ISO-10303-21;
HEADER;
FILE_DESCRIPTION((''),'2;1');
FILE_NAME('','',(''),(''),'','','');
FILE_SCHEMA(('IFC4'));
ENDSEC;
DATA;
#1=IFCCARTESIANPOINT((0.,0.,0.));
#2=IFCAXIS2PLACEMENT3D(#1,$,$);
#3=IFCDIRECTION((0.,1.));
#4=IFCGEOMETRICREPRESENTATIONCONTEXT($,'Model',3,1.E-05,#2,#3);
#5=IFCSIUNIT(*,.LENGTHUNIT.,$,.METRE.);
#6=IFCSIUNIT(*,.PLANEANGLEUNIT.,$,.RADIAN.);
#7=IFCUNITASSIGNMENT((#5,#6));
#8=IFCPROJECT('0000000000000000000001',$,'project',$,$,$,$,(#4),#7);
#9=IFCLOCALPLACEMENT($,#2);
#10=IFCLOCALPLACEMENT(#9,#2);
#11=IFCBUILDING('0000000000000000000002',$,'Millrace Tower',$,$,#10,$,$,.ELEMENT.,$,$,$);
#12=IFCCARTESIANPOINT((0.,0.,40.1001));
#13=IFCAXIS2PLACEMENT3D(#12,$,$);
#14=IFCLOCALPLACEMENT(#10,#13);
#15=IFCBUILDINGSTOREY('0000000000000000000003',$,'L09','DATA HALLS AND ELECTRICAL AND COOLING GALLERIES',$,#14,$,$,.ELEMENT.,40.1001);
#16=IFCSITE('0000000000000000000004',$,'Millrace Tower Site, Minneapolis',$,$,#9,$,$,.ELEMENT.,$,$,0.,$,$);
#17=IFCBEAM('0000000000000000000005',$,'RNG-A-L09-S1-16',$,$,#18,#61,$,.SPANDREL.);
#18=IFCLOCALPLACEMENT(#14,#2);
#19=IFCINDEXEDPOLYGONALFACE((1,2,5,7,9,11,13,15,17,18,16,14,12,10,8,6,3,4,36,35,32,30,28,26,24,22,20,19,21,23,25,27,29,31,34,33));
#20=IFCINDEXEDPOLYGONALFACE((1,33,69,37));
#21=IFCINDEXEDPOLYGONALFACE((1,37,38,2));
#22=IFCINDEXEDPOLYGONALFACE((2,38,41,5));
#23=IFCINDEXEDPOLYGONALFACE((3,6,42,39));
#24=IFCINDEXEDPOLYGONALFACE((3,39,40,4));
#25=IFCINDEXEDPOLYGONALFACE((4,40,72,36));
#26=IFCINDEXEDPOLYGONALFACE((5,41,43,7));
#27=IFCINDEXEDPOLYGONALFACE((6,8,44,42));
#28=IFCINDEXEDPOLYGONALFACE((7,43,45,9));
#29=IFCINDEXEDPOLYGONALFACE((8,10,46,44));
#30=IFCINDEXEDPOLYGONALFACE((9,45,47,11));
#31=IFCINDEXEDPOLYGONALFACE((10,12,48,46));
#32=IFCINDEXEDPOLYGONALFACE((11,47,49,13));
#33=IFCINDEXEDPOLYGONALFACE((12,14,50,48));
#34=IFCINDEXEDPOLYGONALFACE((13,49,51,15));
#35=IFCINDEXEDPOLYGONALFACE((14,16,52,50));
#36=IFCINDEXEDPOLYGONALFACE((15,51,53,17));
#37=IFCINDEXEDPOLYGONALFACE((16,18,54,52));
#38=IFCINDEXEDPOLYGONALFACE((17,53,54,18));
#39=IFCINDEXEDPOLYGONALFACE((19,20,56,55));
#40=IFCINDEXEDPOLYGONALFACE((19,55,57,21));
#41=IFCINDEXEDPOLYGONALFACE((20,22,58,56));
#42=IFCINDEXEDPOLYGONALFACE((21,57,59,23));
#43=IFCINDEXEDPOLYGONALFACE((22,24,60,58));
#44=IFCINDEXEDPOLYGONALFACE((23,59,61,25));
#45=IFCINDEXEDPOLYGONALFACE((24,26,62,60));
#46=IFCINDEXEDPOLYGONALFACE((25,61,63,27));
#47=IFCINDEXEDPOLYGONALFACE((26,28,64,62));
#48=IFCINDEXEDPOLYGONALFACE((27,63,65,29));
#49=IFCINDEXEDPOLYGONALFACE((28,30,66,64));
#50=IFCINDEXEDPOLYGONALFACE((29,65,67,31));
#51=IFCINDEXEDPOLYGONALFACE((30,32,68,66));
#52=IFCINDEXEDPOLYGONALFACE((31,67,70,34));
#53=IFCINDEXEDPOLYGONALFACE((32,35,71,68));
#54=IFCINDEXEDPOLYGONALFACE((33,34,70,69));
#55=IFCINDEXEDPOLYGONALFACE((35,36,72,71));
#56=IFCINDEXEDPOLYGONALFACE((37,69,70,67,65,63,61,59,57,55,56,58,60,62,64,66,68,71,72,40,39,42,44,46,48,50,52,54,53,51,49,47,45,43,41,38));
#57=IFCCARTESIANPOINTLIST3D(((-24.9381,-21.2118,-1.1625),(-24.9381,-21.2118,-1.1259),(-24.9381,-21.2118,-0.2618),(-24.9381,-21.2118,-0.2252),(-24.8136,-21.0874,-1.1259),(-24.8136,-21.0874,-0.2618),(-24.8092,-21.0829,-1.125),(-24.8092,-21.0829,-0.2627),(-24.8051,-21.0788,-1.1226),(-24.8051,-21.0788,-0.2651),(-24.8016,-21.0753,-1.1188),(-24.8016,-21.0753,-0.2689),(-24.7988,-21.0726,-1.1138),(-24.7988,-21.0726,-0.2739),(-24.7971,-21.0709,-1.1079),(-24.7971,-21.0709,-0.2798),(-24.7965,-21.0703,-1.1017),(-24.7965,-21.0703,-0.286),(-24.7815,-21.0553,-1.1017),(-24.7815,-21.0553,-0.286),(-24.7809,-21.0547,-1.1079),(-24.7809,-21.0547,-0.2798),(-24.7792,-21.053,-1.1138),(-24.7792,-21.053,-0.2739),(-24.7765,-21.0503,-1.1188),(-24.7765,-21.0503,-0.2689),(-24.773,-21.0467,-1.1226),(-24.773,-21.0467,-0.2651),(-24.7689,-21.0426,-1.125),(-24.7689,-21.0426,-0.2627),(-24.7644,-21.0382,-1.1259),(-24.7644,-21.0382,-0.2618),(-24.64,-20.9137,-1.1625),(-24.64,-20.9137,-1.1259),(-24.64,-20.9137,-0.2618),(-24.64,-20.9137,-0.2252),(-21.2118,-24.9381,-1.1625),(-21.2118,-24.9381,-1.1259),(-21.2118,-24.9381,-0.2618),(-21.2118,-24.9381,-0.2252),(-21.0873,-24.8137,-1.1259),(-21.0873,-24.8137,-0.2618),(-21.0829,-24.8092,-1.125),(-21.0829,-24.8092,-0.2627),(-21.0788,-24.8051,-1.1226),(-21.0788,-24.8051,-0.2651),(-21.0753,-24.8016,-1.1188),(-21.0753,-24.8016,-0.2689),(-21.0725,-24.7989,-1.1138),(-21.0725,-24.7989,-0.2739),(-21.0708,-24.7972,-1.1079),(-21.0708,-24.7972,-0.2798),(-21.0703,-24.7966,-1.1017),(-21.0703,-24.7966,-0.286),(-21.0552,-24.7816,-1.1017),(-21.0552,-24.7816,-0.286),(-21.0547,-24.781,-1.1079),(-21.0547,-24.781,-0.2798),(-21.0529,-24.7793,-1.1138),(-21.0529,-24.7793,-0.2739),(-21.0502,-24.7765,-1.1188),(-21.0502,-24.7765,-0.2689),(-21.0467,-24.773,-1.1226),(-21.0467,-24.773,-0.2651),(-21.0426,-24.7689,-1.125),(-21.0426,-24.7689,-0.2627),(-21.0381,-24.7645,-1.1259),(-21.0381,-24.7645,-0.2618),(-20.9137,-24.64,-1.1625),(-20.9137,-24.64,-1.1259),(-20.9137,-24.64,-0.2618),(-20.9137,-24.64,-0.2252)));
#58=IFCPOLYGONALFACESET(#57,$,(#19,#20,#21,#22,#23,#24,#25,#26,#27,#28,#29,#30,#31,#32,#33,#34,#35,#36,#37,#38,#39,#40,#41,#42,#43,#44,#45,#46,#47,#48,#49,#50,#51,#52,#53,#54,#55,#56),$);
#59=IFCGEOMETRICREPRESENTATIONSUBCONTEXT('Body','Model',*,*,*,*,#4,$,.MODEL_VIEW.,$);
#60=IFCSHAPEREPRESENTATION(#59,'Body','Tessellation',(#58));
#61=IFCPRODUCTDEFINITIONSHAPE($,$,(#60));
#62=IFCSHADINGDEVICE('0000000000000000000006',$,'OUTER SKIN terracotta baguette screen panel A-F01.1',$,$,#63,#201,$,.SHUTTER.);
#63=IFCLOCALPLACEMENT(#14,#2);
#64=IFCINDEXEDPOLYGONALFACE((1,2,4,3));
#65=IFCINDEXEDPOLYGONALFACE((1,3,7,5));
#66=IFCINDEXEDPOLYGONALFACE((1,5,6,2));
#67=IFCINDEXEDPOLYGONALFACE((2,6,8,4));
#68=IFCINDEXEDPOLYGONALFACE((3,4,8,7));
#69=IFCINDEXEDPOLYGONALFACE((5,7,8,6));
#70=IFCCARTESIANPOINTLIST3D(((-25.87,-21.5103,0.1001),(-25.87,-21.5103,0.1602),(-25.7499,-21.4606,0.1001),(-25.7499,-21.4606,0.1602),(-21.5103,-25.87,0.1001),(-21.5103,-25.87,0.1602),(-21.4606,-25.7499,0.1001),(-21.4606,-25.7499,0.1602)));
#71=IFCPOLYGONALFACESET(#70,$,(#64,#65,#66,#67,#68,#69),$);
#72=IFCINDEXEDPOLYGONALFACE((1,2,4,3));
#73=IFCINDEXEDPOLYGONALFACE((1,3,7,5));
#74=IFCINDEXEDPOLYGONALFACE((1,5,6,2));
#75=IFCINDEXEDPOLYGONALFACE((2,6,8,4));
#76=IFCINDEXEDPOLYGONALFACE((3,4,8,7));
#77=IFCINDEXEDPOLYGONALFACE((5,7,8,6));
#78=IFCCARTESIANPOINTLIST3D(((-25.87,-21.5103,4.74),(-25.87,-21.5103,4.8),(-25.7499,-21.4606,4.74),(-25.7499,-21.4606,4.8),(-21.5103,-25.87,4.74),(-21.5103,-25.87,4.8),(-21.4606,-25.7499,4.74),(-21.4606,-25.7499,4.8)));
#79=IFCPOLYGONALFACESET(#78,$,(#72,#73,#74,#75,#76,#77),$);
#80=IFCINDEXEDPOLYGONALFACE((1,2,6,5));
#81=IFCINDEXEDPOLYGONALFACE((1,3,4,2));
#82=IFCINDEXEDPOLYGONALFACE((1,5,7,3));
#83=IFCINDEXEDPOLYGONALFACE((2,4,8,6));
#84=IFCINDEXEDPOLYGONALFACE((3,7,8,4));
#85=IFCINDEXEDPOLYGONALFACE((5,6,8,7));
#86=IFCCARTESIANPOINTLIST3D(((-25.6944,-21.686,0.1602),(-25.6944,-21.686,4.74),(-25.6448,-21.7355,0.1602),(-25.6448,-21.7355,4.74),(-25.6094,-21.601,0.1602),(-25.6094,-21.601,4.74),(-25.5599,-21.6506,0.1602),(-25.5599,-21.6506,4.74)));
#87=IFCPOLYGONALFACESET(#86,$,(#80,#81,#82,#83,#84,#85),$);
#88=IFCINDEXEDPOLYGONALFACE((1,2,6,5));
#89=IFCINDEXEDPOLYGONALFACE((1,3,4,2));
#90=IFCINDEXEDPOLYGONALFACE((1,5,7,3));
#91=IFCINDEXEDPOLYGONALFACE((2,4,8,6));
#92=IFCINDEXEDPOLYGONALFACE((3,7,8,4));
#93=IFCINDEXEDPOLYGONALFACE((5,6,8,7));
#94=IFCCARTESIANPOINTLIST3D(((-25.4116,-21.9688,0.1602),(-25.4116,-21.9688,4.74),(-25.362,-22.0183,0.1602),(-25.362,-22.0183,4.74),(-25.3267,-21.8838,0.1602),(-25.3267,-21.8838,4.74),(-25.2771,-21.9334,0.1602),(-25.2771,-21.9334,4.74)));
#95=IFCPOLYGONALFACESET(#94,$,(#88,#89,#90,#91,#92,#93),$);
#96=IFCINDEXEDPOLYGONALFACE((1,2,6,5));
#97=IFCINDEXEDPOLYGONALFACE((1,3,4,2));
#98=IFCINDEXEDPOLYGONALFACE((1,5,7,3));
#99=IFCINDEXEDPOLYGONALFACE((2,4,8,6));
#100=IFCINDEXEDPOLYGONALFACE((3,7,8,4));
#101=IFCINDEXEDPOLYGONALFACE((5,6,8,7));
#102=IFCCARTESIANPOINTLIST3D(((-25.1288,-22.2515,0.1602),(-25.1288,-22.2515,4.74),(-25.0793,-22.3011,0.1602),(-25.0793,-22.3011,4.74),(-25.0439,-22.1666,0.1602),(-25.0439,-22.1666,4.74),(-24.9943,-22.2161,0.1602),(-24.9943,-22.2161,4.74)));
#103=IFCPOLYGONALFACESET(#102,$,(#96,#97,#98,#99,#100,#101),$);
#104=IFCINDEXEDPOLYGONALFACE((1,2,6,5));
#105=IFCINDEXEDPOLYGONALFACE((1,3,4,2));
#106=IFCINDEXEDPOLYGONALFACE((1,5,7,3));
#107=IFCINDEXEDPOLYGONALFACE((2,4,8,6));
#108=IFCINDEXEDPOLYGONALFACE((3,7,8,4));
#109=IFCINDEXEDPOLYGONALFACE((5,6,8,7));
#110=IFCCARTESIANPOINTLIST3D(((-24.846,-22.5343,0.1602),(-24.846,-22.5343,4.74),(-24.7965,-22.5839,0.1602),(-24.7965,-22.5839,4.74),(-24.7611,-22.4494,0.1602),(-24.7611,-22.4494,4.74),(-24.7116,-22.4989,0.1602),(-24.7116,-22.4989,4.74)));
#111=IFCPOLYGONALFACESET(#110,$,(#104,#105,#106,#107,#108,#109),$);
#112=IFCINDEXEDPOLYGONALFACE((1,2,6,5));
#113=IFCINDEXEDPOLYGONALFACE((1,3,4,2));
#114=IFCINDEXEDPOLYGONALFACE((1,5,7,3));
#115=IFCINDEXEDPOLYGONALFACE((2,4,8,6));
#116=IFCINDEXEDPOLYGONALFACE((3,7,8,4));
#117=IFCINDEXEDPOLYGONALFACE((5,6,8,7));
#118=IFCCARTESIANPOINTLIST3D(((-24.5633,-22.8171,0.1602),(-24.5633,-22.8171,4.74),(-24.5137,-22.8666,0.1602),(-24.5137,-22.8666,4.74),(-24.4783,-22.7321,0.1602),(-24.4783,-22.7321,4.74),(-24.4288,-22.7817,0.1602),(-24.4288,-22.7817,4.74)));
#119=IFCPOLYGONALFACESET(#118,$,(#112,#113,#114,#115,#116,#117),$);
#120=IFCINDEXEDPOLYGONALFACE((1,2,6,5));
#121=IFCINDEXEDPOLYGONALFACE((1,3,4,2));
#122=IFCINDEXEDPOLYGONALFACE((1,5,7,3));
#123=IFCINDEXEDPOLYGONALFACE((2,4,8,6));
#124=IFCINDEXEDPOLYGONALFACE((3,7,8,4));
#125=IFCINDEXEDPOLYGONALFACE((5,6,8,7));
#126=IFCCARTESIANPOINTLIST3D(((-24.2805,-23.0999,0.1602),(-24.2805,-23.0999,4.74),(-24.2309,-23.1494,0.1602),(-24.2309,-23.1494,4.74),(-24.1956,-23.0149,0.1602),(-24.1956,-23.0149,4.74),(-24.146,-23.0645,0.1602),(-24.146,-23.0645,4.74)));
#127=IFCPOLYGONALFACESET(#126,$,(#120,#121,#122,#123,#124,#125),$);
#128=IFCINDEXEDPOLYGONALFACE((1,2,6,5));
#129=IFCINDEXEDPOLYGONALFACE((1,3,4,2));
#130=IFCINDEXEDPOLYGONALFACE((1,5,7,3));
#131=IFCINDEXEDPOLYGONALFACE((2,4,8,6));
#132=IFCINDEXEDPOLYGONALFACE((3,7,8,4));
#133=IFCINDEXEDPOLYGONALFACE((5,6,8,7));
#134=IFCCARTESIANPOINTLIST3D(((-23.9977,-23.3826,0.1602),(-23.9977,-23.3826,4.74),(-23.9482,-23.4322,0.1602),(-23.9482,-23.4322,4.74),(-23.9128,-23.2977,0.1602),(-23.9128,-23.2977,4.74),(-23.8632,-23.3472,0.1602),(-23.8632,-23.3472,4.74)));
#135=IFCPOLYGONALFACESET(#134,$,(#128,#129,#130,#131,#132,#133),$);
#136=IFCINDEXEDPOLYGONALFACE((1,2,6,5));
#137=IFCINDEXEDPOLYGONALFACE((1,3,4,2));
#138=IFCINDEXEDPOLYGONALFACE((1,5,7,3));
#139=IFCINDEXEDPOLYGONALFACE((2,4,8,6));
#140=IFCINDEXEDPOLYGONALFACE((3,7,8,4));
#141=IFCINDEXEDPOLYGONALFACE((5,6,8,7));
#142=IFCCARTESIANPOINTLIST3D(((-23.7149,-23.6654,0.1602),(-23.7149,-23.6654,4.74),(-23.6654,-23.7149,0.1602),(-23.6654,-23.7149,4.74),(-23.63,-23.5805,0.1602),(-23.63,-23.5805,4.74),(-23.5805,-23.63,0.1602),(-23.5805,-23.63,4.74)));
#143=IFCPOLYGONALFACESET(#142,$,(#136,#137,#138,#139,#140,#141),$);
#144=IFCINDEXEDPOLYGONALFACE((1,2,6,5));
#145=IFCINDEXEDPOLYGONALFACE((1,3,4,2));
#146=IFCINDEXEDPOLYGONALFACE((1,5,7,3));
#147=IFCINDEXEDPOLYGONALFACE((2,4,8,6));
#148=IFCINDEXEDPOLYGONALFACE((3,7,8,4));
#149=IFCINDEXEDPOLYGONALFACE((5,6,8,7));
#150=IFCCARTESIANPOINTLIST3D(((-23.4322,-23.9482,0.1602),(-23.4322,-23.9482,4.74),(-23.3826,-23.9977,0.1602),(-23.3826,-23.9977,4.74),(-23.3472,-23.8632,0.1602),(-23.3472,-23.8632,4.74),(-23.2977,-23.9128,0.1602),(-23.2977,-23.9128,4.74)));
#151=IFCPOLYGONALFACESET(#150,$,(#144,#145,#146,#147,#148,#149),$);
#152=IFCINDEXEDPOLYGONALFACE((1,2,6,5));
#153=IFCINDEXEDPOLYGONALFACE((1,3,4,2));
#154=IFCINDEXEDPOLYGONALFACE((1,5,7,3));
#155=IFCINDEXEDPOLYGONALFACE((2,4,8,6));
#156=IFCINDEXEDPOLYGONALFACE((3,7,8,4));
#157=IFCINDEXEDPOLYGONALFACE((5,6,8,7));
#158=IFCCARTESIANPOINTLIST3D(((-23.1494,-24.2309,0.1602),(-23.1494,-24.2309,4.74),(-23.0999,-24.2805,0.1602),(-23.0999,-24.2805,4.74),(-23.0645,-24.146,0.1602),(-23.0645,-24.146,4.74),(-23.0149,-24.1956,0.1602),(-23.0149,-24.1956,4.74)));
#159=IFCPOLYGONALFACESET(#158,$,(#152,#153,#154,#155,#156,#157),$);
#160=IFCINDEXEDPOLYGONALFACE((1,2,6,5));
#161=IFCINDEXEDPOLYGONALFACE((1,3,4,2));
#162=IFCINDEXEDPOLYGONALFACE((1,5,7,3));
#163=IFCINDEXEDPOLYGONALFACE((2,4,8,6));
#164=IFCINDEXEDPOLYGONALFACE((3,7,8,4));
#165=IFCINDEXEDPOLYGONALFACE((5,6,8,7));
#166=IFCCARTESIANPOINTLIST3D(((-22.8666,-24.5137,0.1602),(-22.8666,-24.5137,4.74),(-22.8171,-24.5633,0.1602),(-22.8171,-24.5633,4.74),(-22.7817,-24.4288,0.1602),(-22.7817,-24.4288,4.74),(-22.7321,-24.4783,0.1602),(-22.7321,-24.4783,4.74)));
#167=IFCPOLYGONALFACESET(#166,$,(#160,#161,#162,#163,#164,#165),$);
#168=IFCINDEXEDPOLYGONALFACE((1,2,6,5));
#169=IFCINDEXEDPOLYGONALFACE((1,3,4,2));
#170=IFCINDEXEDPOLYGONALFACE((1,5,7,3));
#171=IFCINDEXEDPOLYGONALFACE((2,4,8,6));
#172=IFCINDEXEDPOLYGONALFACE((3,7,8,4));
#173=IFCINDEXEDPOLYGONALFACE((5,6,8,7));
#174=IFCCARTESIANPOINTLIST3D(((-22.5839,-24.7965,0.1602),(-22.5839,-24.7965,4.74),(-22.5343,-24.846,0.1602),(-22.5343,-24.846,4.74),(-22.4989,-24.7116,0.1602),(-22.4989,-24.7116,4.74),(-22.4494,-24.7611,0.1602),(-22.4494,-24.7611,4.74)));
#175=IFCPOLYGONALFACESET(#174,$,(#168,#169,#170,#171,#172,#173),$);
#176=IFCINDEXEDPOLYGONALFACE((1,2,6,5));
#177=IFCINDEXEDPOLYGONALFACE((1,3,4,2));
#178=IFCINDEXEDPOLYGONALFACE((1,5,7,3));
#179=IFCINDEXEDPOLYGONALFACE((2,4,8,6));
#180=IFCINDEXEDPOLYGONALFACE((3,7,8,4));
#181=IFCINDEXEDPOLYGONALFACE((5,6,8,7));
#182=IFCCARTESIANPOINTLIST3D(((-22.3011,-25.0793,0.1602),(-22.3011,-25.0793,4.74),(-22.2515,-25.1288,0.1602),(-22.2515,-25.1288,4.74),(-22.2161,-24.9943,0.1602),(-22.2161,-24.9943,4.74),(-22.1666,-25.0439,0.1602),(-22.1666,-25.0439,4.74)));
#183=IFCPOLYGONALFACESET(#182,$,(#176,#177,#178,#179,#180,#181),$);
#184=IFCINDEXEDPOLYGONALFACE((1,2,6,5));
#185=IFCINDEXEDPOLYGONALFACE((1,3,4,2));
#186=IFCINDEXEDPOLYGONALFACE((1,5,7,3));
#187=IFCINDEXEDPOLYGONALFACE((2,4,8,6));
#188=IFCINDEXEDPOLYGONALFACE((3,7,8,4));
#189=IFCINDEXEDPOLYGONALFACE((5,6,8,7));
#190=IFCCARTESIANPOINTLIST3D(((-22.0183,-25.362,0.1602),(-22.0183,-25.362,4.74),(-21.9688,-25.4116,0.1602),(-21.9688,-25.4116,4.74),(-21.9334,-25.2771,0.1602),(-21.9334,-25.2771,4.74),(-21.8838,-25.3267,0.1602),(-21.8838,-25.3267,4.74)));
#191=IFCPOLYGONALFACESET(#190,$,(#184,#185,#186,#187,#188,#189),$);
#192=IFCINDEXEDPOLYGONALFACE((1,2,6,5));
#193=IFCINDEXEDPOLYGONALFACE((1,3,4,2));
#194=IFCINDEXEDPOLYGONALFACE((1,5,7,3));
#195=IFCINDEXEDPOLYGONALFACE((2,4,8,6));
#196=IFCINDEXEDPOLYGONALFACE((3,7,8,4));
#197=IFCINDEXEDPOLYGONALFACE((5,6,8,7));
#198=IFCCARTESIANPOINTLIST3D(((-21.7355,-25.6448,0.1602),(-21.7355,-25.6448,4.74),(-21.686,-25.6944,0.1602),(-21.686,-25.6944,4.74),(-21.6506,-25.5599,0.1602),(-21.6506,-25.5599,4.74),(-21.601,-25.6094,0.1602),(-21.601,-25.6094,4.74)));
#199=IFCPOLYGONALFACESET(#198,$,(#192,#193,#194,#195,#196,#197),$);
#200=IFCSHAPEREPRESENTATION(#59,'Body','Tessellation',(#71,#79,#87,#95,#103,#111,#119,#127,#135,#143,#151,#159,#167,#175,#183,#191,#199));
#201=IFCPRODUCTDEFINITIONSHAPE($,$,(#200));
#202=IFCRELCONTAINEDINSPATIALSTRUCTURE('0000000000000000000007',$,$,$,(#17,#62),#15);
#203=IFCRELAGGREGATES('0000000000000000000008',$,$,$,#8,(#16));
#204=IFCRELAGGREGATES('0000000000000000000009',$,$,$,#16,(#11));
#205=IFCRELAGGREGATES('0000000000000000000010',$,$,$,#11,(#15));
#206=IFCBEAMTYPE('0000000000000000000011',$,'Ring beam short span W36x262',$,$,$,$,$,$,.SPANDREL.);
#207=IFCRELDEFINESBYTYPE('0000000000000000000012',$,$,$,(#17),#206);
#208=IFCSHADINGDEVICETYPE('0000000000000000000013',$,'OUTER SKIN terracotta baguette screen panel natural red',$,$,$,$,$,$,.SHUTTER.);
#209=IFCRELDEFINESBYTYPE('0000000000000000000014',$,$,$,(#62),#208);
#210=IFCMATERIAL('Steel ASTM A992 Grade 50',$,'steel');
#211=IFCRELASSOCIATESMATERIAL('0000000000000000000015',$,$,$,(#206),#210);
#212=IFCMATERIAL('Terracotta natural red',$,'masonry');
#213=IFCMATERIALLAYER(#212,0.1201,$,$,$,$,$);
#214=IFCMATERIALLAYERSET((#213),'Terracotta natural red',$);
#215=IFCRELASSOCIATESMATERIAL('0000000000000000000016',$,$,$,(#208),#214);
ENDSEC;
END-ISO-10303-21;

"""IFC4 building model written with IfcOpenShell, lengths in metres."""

from ifc_helpers import new_model, entity, si_unit, direction, frame, frame_2d, origin, origin_2d, place, context, subcontext, project, spatial, rectangle, i_section, extrude, source, transform, mapped, material, layer, layer_set, material_profile, profile_set, type_object, element, save


model = new_model("IFC4")

# Units and contexts
model_context = context("Model", 3, precision=1e-05, world=origin(), true_north=direction((0.0, 1.0)))
body_context = subcontext(model_context, "Body", "Model", "MODEL_VIEW")
ifc_project = project(units=[si_unit("LENGTHUNIT", "METRE"), si_unit("PLANEANGLEUNIT", "RADIAN")], contexts=[model_context])

# Site, building, storey
site_placement = place(None, origin())
site = spatial("IfcSite", under=ifc_project, at=site_placement, Name="Millrace Tower Site, Minneapolis", CompositionType="ELEMENT", RefElevation=0.0)
building_placement = place(site_placement, origin())
building = spatial("IfcBuilding", under=site, at=building_placement, Name="Millrace Tower", CompositionType="ELEMENT")
storey_placement = place(building_placement, frame((0.0, 0.0, 40.1001)))
storey = spatial("IfcBuildingStorey", under=building, at=storey_placement, Name="L09", Description="DATA HALLS AND ELECTRICAL AND COOLING GALLERIES", CompositionType="ELEMENT", Elevation=40.1001)

# Beam
ifc_material_1 = material(Name="Steel ASTM A992 Grade 50", Category="steel")
ifc_material_profile_1 = material_profile(ifc_material_1, i_section(OverallWidth=0.4216, OverallDepth=0.9373, WebThickness=0.0212, FlangeThickness=0.0366, FilletRadius=0.0242, at=origin_2d()))
ifc_profile_set_1 = profile_set([ifc_material_profile_1], Name="Steel ASTM A992 Grade 50")
beam_type_1 = type_object("IfcBeamType", Name="Ring beam short span W36x262", PredefinedType="SPANDREL", material=ifc_profile_set_1)
beam_1_placement = place(storey_placement, frame((-21.0627, -24.7891, -0.6938), z_axis=(-0.707107, 0.707107, 0.0), x_axis=(-0.707107, -0.707107, 0.0)))
element("IfcBeam", 1, at=beam_1_placement, inside=storey, type_object=beam_type_1, Name="RNG-A-L09-S1-16", PredefinedType="SPANDREL", context=body_context, shape_type="SweptSolid", body=[
    extrude(i_section(OverallWidth=0.4216, OverallDepth=0.9373, WebThickness=0.0212, FlangeThickness=0.0366, FilletRadius=0.0242, at=origin_2d()), origin(), (0.0, 0.0, 1.0), 5.2698),
])

# Shading device
ifc_material_2 = material(Name="Terracotta natural red", Category="masonry")
ifc_layer_1 = layer(ifc_material_2, 0.1201)
ifc_layer_set_1 = layer_set([ifc_layer_1], Name="Terracotta natural red")
shading_device_type_1 = type_object("IfcShadingDeviceType", Name="OUTER SKIN terracotta baguette screen panel natural red", PredefinedType="SHUTTER", material=ifc_layer_set_1)
cartesian_point_1 = entity("IfcCartesianPoint", [-3.033, 0.0601])
shared_polyline_1 = entity("IfcPolyline", [cartesian_point_1, entity("IfcCartesianPoint", [3.033, 0.0601]), entity("IfcCartesianPoint", [3.0828, -0.0601]), entity("IfcCartesianPoint", [-3.0828, -0.0601]), cartesian_point_1])
shared_shape_1 = source(origin(), body_context, "Body", "SweptSolid", [
    entity("IfcExtrudedAreaSolid", entity("IfcArbitraryClosedProfileDef", "AREA", None, shared_polyline_1), entity("IfcAxis2Placement3D", entity("IfcCartesianPoint", [0.0, 0.0, 0.0])), entity("IfcDirection", [0.0, 0.0, 1.0]), 0.0601),
    entity("IfcExtrudedAreaSolid", entity("IfcArbitraryClosedProfileDef", "AREA", None, shared_polyline_1), entity("IfcAxis2Placement3D", entity("IfcCartesianPoint", [0.0, 0.0, 4.6399])), entity("IfcDirection", [0.0, 0.0, 1.0]), 0.0601),
    extrude(rectangle(XDim=0.0701, YDim=0.1201, at=frame_2d((-2.7993, 0.0))), frame((0.0, 0.0, 0.0601)), (0.0, 0.0, 1.0), 4.5798),
    extrude(rectangle(XDim=0.0701, YDim=0.1201, at=frame_2d((-2.3994, 0.0))), frame((0.0, 0.0, 0.0601)), (0.0, 0.0, 1.0), 4.5798),
    extrude(rectangle(XDim=0.0701, YDim=0.1201, at=frame_2d((-1.9995, 0.0))), frame((0.0, 0.0, 0.0601)), (0.0, 0.0, 1.0), 4.5798),
    extrude(rectangle(XDim=0.0701, YDim=0.1201, at=frame_2d((-1.5996, 0.0))), frame((0.0, 0.0, 0.0601)), (0.0, 0.0, 1.0), 4.5798),
    extrude(rectangle(XDim=0.0701, YDim=0.1201, at=frame_2d((-1.1997, 0.0))), frame((0.0, 0.0, 0.0601)), (0.0, 0.0, 1.0), 4.5798),
    extrude(rectangle(XDim=0.0701, YDim=0.1201, at=frame_2d((-0.7998, 0.0))), frame((0.0, 0.0, 0.0601)), (0.0, 0.0, 1.0), 4.5798),
    extrude(rectangle(XDim=0.0701, YDim=0.1201, at=frame_2d((-0.3999, 0.0))), frame((0.0, 0.0, 0.0601)), (0.0, 0.0, 1.0), 4.5798),
    extrude(rectangle(XDim=0.0701, YDim=0.1201, at=origin_2d()), frame((0.0, 0.0, 0.0601)), (0.0, 0.0, 1.0), 4.5798),
    extrude(rectangle(XDim=0.0701, YDim=0.1201, at=frame_2d((0.3999, 0.0))), frame((0.0, 0.0, 0.0601)), (0.0, 0.0, 1.0), 4.5798),
    extrude(rectangle(XDim=0.0701, YDim=0.1201, at=frame_2d((0.7998, 0.0))), frame((0.0, 0.0, 0.0601)), (0.0, 0.0, 1.0), 4.5798),
    extrude(rectangle(XDim=0.0701, YDim=0.1201, at=frame_2d((1.1997, 0.0))), frame((0.0, 0.0, 0.0601)), (0.0, 0.0, 1.0), 4.5798),
    extrude(rectangle(XDim=0.0701, YDim=0.1201, at=frame_2d((1.5996, 0.0))), frame((0.0, 0.0, 0.0601)), (0.0, 0.0, 1.0), 4.5798),
    extrude(rectangle(XDim=0.0701, YDim=0.1201, at=frame_2d((1.9995, 0.0))), frame((0.0, 0.0, 0.0601)), (0.0, 0.0, 1.0), 4.5798),
    extrude(rectangle(XDim=0.0701, YDim=0.1201, at=frame_2d((2.3994, 0.0))), frame((0.0, 0.0, 0.0601)), (0.0, 0.0, 1.0), 4.5798),
    extrude(rectangle(XDim=0.0701, YDim=0.1201, at=frame_2d((2.7993, 0.0))), frame((0.0, 0.0, 0.0601)), (0.0, 0.0, 1.0), 4.5798),
])
shading_device_1_placement = place(storey_placement, frame((-23.6477, -23.6477, 0.1001), z_axis=(0.0, 0.0, 1.0), x_axis=(0.707107, -0.707107, 0.0)))
element("IfcShadingDevice", 2, at=shading_device_1_placement, inside=storey, type_object=shading_device_type_1, Name="OUTER SKIN terracotta baguette screen panel A-F01.1", PredefinedType="SHUTTER", context=body_context, shape_type="MappedRepresentation", body=[
    mapped(shared_shape_1, transform((0.0, 0.0, 0.0), scale=1.0)),
])

save(model, "model.ifc")
